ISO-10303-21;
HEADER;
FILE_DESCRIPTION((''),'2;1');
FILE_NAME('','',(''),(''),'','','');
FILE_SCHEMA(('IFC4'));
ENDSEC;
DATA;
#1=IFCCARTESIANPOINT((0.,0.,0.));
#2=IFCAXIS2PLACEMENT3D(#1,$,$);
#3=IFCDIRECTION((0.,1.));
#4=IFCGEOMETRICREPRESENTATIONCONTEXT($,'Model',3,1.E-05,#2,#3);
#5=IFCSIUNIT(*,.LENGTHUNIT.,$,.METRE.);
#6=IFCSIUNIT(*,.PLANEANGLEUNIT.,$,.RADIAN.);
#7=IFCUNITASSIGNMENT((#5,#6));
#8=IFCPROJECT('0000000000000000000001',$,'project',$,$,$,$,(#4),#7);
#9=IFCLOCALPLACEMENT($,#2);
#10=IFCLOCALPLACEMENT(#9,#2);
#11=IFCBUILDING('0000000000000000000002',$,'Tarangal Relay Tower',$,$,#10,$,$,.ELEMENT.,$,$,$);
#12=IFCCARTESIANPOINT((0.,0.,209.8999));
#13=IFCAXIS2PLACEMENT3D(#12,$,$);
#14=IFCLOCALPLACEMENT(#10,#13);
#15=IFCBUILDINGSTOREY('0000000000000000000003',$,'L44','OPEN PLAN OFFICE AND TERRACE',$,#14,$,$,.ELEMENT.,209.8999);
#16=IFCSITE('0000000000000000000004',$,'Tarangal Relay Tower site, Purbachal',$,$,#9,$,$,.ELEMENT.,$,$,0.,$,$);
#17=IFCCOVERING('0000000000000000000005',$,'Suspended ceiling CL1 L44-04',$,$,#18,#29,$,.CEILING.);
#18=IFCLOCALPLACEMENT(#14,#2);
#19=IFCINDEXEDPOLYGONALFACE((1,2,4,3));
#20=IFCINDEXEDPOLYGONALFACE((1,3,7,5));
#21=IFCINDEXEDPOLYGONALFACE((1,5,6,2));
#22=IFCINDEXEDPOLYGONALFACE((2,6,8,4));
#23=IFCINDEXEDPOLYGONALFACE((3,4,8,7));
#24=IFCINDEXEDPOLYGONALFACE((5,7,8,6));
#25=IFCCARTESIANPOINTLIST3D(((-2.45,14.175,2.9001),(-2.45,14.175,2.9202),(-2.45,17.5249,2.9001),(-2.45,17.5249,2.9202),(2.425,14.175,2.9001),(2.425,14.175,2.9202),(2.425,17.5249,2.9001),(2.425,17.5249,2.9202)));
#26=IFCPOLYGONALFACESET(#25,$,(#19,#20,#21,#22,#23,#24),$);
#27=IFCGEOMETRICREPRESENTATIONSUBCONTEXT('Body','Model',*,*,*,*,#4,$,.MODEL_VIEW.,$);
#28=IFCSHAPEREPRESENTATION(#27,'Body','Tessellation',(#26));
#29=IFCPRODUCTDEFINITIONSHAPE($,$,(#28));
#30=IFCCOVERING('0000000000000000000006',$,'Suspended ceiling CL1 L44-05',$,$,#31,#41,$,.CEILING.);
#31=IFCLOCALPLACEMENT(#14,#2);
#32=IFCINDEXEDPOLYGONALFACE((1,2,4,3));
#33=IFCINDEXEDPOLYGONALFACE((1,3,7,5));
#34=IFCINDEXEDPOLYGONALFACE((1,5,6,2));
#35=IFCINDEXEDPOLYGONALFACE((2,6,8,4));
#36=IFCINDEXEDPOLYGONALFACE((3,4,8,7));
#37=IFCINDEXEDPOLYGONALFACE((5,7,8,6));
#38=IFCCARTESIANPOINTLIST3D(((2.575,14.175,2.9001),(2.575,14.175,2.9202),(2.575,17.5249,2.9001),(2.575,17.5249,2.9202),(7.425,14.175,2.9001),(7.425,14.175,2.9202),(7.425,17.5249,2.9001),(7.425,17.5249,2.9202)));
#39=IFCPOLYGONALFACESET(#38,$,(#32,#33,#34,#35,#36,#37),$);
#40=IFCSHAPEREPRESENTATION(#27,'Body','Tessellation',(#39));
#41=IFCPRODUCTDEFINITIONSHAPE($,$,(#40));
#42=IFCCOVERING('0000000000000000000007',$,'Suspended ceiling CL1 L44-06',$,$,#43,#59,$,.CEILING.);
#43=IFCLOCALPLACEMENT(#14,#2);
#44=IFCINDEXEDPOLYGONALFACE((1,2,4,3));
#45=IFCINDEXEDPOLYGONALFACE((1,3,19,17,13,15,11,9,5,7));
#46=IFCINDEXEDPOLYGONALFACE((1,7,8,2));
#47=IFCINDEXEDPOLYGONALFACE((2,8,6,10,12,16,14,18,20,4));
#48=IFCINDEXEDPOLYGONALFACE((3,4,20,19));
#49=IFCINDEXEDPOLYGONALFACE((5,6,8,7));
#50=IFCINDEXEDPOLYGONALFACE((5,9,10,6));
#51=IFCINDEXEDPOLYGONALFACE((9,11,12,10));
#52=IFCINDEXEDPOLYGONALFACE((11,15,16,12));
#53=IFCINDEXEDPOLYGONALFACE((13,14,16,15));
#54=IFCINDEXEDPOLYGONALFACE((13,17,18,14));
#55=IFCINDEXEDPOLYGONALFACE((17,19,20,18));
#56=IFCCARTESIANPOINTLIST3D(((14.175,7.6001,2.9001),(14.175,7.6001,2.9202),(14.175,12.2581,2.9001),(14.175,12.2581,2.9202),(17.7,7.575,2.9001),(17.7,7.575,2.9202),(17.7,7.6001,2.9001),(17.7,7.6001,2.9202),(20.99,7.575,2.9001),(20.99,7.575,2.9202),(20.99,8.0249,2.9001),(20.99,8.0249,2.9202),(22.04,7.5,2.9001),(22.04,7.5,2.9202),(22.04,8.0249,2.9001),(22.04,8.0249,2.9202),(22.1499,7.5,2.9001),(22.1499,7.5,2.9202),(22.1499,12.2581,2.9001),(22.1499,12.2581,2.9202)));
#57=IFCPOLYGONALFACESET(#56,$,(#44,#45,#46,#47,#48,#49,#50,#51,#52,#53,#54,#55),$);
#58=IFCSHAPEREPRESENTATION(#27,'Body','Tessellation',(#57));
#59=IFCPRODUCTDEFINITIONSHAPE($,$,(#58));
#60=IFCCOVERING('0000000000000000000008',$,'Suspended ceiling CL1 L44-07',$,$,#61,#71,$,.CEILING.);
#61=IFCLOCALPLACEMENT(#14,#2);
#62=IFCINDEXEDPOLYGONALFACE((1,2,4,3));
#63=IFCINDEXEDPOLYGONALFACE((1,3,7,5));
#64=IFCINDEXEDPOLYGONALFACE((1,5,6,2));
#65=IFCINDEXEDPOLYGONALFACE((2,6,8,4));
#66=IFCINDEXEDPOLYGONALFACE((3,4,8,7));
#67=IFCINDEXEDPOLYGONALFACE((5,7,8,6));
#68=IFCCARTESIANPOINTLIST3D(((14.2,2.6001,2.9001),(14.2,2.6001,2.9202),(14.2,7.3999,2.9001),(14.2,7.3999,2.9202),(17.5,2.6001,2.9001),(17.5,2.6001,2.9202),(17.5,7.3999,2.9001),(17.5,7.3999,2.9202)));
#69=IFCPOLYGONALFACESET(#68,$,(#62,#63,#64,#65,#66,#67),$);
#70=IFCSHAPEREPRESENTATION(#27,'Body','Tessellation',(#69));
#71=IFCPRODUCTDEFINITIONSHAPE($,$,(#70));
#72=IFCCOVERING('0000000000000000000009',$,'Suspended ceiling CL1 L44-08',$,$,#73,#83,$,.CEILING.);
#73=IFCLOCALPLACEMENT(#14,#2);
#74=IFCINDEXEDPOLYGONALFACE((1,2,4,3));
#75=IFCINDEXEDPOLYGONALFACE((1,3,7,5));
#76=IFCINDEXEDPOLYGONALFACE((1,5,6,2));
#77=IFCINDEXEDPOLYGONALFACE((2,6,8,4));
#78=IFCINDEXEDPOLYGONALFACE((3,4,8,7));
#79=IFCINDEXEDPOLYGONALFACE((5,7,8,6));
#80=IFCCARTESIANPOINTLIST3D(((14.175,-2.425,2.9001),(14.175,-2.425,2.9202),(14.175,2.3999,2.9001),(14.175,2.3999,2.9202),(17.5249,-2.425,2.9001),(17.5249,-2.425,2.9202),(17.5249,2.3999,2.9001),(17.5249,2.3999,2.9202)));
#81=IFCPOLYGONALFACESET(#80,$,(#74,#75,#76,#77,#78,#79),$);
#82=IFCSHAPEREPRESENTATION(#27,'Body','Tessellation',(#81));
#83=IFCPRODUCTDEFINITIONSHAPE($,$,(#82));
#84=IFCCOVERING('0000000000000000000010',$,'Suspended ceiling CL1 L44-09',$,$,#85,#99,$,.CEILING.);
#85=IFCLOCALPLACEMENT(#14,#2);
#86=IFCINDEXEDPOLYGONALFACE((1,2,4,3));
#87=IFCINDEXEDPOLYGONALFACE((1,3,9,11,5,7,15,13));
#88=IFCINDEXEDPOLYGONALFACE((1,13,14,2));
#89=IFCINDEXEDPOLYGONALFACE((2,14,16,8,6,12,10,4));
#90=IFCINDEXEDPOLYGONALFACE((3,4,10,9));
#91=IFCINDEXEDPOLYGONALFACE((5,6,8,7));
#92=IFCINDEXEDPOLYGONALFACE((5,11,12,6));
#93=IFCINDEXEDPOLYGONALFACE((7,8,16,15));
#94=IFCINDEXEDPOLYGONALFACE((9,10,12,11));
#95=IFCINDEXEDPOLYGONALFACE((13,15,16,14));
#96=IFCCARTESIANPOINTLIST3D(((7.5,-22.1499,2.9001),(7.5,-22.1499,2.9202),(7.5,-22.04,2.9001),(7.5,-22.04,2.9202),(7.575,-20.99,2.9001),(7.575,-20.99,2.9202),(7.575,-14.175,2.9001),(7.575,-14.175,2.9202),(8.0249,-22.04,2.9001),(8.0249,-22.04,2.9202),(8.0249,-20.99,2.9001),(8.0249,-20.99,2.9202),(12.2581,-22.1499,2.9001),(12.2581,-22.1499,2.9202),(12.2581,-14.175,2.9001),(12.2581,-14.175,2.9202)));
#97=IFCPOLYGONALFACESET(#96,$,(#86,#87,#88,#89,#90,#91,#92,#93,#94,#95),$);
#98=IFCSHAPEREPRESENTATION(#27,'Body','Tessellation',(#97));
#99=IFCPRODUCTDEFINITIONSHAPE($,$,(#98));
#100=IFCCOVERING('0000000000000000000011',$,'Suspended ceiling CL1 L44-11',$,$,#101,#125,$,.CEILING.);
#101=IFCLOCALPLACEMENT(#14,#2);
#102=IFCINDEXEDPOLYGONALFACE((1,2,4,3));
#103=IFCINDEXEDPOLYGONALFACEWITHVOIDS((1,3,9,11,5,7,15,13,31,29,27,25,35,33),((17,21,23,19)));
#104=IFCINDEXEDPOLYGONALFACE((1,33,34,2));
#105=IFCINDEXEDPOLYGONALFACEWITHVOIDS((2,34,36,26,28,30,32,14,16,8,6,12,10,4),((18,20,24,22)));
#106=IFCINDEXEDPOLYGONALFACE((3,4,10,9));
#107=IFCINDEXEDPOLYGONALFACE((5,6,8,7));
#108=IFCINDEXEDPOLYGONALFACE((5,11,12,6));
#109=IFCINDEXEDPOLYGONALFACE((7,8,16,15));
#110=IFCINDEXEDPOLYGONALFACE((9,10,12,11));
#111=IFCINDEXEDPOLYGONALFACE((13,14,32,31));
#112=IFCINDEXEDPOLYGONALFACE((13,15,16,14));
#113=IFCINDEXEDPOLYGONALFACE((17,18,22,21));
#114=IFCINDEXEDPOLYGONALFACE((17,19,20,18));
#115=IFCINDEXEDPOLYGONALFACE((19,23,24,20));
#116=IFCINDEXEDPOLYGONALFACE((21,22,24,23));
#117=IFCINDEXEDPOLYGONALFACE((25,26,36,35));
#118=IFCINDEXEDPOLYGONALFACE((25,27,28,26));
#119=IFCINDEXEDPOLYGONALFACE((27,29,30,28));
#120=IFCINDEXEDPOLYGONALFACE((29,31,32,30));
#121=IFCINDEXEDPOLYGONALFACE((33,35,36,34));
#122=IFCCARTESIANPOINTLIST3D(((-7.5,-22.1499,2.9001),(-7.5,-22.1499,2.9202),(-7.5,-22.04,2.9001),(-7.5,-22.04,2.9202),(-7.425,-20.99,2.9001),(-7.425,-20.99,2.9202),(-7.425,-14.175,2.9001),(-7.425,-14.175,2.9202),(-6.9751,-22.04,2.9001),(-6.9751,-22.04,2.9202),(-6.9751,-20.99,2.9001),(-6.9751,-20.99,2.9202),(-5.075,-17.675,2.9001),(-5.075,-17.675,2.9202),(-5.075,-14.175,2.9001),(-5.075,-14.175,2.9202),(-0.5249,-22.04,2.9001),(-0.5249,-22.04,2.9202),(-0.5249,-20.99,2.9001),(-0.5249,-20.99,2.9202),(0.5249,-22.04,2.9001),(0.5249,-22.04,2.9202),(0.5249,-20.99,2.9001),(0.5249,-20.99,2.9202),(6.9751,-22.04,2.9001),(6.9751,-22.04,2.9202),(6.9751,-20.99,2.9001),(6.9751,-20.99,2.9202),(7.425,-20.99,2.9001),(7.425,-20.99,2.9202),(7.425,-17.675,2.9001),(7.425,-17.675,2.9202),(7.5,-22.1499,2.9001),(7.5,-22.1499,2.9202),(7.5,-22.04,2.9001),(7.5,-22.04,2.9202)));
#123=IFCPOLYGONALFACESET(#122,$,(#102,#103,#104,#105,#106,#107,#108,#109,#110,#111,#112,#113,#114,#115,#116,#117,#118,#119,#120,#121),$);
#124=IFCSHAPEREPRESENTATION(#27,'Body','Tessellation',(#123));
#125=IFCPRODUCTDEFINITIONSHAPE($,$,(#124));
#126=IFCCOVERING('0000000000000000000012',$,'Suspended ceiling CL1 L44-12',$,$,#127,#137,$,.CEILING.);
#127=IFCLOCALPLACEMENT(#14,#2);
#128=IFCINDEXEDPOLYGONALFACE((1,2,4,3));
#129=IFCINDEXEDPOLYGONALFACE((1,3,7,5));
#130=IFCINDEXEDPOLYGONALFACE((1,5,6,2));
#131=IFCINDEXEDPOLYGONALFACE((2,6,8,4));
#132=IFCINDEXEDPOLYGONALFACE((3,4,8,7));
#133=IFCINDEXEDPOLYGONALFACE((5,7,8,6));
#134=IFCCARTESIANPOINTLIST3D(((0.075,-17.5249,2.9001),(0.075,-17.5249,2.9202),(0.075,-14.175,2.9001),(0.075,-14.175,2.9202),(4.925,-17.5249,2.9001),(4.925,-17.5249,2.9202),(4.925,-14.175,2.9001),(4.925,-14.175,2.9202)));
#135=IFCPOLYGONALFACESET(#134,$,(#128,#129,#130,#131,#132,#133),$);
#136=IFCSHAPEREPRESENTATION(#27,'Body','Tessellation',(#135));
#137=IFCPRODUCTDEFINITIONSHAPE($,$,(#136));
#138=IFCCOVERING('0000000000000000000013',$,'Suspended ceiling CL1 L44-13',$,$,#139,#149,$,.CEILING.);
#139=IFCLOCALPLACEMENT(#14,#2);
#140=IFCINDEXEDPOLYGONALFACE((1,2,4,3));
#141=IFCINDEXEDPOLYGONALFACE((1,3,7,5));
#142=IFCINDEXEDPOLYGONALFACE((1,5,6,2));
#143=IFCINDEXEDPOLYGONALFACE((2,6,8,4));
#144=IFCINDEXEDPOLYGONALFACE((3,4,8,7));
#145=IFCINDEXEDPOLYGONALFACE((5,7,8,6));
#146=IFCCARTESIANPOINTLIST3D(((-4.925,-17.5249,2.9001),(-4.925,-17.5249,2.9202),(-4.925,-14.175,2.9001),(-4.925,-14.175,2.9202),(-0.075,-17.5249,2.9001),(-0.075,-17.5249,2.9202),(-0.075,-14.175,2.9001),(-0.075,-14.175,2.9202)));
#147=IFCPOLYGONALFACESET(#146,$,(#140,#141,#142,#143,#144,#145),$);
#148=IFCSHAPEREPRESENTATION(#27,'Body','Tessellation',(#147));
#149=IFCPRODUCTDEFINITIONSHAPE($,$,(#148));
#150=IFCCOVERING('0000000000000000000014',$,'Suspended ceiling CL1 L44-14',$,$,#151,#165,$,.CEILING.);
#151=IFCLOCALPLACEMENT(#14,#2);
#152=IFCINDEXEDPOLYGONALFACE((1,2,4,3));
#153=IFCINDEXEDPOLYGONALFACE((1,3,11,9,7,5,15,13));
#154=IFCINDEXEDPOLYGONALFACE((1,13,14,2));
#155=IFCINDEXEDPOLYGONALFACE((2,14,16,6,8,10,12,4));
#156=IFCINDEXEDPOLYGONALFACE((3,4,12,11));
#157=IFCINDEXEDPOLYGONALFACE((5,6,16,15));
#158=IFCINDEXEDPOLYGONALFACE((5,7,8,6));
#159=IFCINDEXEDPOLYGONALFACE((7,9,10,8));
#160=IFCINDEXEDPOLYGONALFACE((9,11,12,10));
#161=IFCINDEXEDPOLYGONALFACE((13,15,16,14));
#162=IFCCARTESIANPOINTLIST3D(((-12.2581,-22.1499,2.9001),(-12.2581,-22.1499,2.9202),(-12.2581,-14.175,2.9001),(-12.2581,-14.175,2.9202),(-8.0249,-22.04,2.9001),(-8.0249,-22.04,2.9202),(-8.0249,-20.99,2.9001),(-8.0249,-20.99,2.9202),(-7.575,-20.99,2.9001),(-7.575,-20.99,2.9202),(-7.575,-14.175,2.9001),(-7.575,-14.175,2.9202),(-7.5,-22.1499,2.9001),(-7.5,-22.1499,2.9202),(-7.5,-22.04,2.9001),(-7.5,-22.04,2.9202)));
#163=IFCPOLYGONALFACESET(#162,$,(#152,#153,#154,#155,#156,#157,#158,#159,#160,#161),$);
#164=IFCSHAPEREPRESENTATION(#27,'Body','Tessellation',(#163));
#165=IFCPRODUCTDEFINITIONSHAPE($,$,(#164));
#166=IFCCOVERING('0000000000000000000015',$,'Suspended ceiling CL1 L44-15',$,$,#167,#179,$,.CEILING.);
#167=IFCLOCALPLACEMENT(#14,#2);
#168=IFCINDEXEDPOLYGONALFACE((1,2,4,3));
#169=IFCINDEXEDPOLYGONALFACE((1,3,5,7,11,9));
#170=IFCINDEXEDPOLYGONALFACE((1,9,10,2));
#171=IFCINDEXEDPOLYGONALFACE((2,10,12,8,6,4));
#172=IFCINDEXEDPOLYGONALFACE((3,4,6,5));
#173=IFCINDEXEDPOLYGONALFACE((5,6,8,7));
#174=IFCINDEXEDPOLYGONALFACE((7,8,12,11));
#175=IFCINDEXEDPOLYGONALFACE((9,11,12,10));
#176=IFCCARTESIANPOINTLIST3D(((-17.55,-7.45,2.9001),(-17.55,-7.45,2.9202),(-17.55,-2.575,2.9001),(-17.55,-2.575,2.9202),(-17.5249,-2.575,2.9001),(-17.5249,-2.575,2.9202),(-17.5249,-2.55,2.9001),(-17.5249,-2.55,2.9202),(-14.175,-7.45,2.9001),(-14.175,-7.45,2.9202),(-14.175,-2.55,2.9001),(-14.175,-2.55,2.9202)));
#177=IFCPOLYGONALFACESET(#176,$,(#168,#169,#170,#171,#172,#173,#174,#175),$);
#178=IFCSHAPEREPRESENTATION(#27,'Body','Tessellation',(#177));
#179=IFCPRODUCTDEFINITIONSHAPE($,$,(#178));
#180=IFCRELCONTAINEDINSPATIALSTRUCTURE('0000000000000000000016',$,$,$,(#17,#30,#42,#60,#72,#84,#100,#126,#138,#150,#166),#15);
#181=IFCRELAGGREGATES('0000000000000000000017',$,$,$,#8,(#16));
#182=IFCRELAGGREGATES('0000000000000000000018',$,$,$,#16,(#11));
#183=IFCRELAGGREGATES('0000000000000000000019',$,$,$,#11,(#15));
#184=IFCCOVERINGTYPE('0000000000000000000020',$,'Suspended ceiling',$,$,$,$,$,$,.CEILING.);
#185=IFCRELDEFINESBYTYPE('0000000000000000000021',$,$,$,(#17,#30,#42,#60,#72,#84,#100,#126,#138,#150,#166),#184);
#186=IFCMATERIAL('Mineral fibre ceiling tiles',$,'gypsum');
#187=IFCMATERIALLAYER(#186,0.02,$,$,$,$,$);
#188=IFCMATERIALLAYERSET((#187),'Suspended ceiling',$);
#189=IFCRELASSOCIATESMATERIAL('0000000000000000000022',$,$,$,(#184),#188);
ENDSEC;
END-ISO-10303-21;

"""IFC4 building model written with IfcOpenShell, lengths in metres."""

from ifc_helpers import new_model, si_unit, direction, frame, origin, place, context, subcontext, project, spatial, polyline, outline, extrude, material, layer, layer_set, type_object, element, save


model = new_model("IFC4")

# Units and contexts
model_context = context("Model", 3, precision=1e-05, world=origin(), true_north=direction((0.0, 1.0)))
body_context = subcontext(model_context, "Body", "Model", "MODEL_VIEW")
ifc_project = project(units=[si_unit("LENGTHUNIT", "METRE"), si_unit("PLANEANGLEUNIT", "RADIAN")], contexts=[model_context])

# Site, building, storey
site_placement = place(None, origin())
site = spatial("IfcSite", under=ifc_project, at=site_placement, Name="Tarangal Relay Tower site, Purbachal", CompositionType="ELEMENT", RefElevation=0.0)
building_placement = place(site_placement, origin())
building = spatial("IfcBuilding", under=site, at=building_placement, Name="Tarangal Relay Tower", CompositionType="ELEMENT")
storey_placement = place(building_placement, frame((0.0, 0.0, 209.8999)))
storey = spatial("IfcBuildingStorey", under=building, at=storey_placement, Name="L44", Description="OPEN PLAN OFFICE AND TERRACE", CompositionType="ELEMENT", Elevation=209.8999)

# Coverings
ifc_material_1 = material(Name="Mineral fibre ceiling tiles", Category="gypsum")
ifc_layer_1 = layer(ifc_material_1, 0.02)
ifc_layer_set_1 = layer_set([ifc_layer_1], Name="Suspended ceiling")
covering_type_1 = type_object("IfcCoveringType", Name="Suspended ceiling", PredefinedType="CEILING", material=ifc_layer_set_1)
covering_1_placement = place(storey_placement, frame((0.0, 0.0, 2.9001)))
element("IfcCovering", 1, at=covering_1_placement, inside=storey, type_object=covering_type_1, Name="Suspended ceiling CL1 L44-04", PredefinedType="CEILING", context=body_context, shape_type="SweptSolid", body=[
    extrude(outline(polyline([(-2.45, 14.175), (2.425, 14.175), (2.425, 17.5249), (-2.45, 17.5249), (-2.45, 14.175)])), origin(), (0.0, 0.0, 1.0), 0.02),
])
covering_2_placement = place(storey_placement, frame((0.0, 0.0, 2.9001)))
element("IfcCovering", 2, at=covering_2_placement, inside=storey, type_object=covering_type_1, Name="Suspended ceiling CL1 L44-05", PredefinedType="CEILING", context=body_context, shape_type="SweptSolid", body=[
    extrude(outline(polyline([(7.425, 14.175), (7.425, 17.5249), (2.575, 17.5249), (2.575, 14.175), (7.425, 14.175)])), origin(), (0.0, 0.0, 1.0), 0.02),
])
covering_3_placement = place(storey_placement, frame((0.0, 0.0, 2.9001)))
element("IfcCovering", 3, at=covering_3_placement, inside=storey, type_object=covering_type_1, Name="Suspended ceiling CL1 L44-06", PredefinedType="CEILING", context=body_context, shape_type="SweptSolid", body=[
    extrude(outline(polyline([(22.1499, 7.5), (22.1499, 12.2581), (14.175, 12.2581), (14.175, 7.6001), (17.7, 7.6001), (17.7, 7.575), (20.99, 7.575), (20.99, 8.0249), (22.04, 8.0249), (22.04, 7.5), (22.1499, 7.5)])), origin(), (0.0, 0.0, 1.0), 0.02),
])
covering_4_placement = place(storey_placement, frame((0.0, 0.0, 2.9001)))
element("IfcCovering", 4, at=covering_4_placement, inside=storey, type_object=covering_type_1, Name="Suspended ceiling CL1 L44-07", PredefinedType="CEILING", context=body_context, shape_type="SweptSolid", body=[
    extrude(outline(polyline([(17.5, 7.3999), (14.2, 7.3999), (14.2, 2.6001), (17.5, 2.6001), (17.5, 7.3999)])), origin(), (0.0, 0.0, 1.0), 0.02),
])
covering_5_placement = place(storey_placement, frame((0.0, 0.0, 2.9001)))
element("IfcCovering", 5, at=covering_5_placement, inside=storey, type_object=covering_type_1, Name="Suspended ceiling CL1 L44-08", PredefinedType="CEILING", context=body_context, shape_type="SweptSolid", body=[
    extrude(outline(polyline([(14.175, 2.3999), (14.175, -2.425), (17.5249, -2.425), (17.5249, 2.3999), (14.175, 2.3999)])), origin(), (0.0, 0.0, 1.0), 0.02),
])
covering_6_placement = place(storey_placement, frame((0.0, 0.0, 2.9001)))
element("IfcCovering", 6, at=covering_6_placement, inside=storey, type_object=covering_type_1, Name="Suspended ceiling CL1 L44-09", PredefinedType="CEILING", context=body_context, shape_type="SweptSolid", body=[
    extrude(outline(polyline([(7.5, -22.1499), (12.2581, -22.1499), (12.2581, -14.175), (7.575, -14.175), (7.575, -20.99), (8.0249, -20.99), (8.0249, -22.04), (7.5, -22.04), (7.5, -22.1499)])), origin(), (0.0, 0.0, 1.0), 0.02),
])
covering_7_placement = place(storey_placement, frame((0.0, 0.0, 2.9001)))
element("IfcCovering", 7, at=covering_7_placement, inside=storey, type_object=covering_type_1, Name="Suspended ceiling CL1 L44-11", PredefinedType="CEILING", context=body_context, shape_type="SweptSolid", body=[
    extrude(outline(polyline([(-7.5, -22.1499), (7.5, -22.1499), (7.5, -22.04), (6.9751, -22.04), (6.9751, -20.99), (7.425, -20.99), (7.425, -17.675), (-5.075, -17.675), (-5.075, -14.175), (-7.425, -14.175), (-7.425, -20.99), (-6.9751, -20.99), (-6.9751, -22.04), (-7.5, -22.04), (-7.5, -22.1499)]), holes=[polyline([(-0.5249, -22.04), (0.5249, -22.04), (0.5249, -20.99), (-0.5249, -20.99), (-0.5249, -22.04)])]), origin(), (0.0, 0.0, 1.0), 0.02),
])
covering_8_placement = place(storey_placement, frame((0.0, 0.0, 2.9001)))
element("IfcCovering", 8, at=covering_8_placement, inside=storey, type_object=covering_type_1, Name="Suspended ceiling CL1 L44-12", PredefinedType="CEILING", context=body_context, shape_type="SweptSolid", body=[
    extrude(outline(polyline([(0.075, -14.175), (0.075, -17.5249), (4.925, -17.5249), (4.925, -14.175), (0.075, -14.175)])), origin(), (0.0, 0.0, 1.0), 0.02),
])
covering_9_placement = place(storey_placement, frame((0.0, 0.0, 2.9001)))
element("IfcCovering", 9, at=covering_9_placement, inside=storey, type_object=covering_type_1, Name="Suspended ceiling CL1 L44-13", PredefinedType="CEILING", context=body_context, shape_type="SweptSolid", body=[
    extrude(outline(polyline([(-0.075, -14.175), (-4.925, -14.175), (-4.925, -17.5249), (-0.075, -17.5249), (-0.075, -14.175)])), origin(), (0.0, 0.0, 1.0), 0.02),
])
covering_10_placement = place(storey_placement, frame((0.0, 0.0, 2.9001)))
element("IfcCovering", 10, at=covering_10_placement, inside=storey, type_object=covering_type_1, Name="Suspended ceiling CL1 L44-14", PredefinedType="CEILING", context=body_context, shape_type="SweptSolid", body=[
    extrude(outline(polyline([(-7.5, -22.1499), (-7.5, -22.04), (-8.0249, -22.04), (-8.0249, -20.99), (-7.575, -20.99), (-7.575, -14.175), (-12.2581, -14.175), (-12.2581, -22.1499), (-7.5, -22.1499)])), origin(), (0.0, 0.0, 1.0), 0.02),
])
covering_11_placement = place(storey_placement, frame((0.0, 0.0, 2.9001)))
element("IfcCovering", 11, at=covering_11_placement, inside=storey, type_object=covering_type_1, Name="Suspended ceiling CL1 L44-15", PredefinedType="CEILING", context=body_context, shape_type="SweptSolid", body=[
    extrude(outline(polyline([(-17.5249, -2.575), (-17.55, -2.575), (-17.55, -7.45), (-14.175, -7.45), (-14.175, -2.55), (-17.5249, -2.55), (-17.5249, -2.575)])), origin(), (0.0, 0.0, 1.0), 0.02),
])

save(model, "model.ifc")
